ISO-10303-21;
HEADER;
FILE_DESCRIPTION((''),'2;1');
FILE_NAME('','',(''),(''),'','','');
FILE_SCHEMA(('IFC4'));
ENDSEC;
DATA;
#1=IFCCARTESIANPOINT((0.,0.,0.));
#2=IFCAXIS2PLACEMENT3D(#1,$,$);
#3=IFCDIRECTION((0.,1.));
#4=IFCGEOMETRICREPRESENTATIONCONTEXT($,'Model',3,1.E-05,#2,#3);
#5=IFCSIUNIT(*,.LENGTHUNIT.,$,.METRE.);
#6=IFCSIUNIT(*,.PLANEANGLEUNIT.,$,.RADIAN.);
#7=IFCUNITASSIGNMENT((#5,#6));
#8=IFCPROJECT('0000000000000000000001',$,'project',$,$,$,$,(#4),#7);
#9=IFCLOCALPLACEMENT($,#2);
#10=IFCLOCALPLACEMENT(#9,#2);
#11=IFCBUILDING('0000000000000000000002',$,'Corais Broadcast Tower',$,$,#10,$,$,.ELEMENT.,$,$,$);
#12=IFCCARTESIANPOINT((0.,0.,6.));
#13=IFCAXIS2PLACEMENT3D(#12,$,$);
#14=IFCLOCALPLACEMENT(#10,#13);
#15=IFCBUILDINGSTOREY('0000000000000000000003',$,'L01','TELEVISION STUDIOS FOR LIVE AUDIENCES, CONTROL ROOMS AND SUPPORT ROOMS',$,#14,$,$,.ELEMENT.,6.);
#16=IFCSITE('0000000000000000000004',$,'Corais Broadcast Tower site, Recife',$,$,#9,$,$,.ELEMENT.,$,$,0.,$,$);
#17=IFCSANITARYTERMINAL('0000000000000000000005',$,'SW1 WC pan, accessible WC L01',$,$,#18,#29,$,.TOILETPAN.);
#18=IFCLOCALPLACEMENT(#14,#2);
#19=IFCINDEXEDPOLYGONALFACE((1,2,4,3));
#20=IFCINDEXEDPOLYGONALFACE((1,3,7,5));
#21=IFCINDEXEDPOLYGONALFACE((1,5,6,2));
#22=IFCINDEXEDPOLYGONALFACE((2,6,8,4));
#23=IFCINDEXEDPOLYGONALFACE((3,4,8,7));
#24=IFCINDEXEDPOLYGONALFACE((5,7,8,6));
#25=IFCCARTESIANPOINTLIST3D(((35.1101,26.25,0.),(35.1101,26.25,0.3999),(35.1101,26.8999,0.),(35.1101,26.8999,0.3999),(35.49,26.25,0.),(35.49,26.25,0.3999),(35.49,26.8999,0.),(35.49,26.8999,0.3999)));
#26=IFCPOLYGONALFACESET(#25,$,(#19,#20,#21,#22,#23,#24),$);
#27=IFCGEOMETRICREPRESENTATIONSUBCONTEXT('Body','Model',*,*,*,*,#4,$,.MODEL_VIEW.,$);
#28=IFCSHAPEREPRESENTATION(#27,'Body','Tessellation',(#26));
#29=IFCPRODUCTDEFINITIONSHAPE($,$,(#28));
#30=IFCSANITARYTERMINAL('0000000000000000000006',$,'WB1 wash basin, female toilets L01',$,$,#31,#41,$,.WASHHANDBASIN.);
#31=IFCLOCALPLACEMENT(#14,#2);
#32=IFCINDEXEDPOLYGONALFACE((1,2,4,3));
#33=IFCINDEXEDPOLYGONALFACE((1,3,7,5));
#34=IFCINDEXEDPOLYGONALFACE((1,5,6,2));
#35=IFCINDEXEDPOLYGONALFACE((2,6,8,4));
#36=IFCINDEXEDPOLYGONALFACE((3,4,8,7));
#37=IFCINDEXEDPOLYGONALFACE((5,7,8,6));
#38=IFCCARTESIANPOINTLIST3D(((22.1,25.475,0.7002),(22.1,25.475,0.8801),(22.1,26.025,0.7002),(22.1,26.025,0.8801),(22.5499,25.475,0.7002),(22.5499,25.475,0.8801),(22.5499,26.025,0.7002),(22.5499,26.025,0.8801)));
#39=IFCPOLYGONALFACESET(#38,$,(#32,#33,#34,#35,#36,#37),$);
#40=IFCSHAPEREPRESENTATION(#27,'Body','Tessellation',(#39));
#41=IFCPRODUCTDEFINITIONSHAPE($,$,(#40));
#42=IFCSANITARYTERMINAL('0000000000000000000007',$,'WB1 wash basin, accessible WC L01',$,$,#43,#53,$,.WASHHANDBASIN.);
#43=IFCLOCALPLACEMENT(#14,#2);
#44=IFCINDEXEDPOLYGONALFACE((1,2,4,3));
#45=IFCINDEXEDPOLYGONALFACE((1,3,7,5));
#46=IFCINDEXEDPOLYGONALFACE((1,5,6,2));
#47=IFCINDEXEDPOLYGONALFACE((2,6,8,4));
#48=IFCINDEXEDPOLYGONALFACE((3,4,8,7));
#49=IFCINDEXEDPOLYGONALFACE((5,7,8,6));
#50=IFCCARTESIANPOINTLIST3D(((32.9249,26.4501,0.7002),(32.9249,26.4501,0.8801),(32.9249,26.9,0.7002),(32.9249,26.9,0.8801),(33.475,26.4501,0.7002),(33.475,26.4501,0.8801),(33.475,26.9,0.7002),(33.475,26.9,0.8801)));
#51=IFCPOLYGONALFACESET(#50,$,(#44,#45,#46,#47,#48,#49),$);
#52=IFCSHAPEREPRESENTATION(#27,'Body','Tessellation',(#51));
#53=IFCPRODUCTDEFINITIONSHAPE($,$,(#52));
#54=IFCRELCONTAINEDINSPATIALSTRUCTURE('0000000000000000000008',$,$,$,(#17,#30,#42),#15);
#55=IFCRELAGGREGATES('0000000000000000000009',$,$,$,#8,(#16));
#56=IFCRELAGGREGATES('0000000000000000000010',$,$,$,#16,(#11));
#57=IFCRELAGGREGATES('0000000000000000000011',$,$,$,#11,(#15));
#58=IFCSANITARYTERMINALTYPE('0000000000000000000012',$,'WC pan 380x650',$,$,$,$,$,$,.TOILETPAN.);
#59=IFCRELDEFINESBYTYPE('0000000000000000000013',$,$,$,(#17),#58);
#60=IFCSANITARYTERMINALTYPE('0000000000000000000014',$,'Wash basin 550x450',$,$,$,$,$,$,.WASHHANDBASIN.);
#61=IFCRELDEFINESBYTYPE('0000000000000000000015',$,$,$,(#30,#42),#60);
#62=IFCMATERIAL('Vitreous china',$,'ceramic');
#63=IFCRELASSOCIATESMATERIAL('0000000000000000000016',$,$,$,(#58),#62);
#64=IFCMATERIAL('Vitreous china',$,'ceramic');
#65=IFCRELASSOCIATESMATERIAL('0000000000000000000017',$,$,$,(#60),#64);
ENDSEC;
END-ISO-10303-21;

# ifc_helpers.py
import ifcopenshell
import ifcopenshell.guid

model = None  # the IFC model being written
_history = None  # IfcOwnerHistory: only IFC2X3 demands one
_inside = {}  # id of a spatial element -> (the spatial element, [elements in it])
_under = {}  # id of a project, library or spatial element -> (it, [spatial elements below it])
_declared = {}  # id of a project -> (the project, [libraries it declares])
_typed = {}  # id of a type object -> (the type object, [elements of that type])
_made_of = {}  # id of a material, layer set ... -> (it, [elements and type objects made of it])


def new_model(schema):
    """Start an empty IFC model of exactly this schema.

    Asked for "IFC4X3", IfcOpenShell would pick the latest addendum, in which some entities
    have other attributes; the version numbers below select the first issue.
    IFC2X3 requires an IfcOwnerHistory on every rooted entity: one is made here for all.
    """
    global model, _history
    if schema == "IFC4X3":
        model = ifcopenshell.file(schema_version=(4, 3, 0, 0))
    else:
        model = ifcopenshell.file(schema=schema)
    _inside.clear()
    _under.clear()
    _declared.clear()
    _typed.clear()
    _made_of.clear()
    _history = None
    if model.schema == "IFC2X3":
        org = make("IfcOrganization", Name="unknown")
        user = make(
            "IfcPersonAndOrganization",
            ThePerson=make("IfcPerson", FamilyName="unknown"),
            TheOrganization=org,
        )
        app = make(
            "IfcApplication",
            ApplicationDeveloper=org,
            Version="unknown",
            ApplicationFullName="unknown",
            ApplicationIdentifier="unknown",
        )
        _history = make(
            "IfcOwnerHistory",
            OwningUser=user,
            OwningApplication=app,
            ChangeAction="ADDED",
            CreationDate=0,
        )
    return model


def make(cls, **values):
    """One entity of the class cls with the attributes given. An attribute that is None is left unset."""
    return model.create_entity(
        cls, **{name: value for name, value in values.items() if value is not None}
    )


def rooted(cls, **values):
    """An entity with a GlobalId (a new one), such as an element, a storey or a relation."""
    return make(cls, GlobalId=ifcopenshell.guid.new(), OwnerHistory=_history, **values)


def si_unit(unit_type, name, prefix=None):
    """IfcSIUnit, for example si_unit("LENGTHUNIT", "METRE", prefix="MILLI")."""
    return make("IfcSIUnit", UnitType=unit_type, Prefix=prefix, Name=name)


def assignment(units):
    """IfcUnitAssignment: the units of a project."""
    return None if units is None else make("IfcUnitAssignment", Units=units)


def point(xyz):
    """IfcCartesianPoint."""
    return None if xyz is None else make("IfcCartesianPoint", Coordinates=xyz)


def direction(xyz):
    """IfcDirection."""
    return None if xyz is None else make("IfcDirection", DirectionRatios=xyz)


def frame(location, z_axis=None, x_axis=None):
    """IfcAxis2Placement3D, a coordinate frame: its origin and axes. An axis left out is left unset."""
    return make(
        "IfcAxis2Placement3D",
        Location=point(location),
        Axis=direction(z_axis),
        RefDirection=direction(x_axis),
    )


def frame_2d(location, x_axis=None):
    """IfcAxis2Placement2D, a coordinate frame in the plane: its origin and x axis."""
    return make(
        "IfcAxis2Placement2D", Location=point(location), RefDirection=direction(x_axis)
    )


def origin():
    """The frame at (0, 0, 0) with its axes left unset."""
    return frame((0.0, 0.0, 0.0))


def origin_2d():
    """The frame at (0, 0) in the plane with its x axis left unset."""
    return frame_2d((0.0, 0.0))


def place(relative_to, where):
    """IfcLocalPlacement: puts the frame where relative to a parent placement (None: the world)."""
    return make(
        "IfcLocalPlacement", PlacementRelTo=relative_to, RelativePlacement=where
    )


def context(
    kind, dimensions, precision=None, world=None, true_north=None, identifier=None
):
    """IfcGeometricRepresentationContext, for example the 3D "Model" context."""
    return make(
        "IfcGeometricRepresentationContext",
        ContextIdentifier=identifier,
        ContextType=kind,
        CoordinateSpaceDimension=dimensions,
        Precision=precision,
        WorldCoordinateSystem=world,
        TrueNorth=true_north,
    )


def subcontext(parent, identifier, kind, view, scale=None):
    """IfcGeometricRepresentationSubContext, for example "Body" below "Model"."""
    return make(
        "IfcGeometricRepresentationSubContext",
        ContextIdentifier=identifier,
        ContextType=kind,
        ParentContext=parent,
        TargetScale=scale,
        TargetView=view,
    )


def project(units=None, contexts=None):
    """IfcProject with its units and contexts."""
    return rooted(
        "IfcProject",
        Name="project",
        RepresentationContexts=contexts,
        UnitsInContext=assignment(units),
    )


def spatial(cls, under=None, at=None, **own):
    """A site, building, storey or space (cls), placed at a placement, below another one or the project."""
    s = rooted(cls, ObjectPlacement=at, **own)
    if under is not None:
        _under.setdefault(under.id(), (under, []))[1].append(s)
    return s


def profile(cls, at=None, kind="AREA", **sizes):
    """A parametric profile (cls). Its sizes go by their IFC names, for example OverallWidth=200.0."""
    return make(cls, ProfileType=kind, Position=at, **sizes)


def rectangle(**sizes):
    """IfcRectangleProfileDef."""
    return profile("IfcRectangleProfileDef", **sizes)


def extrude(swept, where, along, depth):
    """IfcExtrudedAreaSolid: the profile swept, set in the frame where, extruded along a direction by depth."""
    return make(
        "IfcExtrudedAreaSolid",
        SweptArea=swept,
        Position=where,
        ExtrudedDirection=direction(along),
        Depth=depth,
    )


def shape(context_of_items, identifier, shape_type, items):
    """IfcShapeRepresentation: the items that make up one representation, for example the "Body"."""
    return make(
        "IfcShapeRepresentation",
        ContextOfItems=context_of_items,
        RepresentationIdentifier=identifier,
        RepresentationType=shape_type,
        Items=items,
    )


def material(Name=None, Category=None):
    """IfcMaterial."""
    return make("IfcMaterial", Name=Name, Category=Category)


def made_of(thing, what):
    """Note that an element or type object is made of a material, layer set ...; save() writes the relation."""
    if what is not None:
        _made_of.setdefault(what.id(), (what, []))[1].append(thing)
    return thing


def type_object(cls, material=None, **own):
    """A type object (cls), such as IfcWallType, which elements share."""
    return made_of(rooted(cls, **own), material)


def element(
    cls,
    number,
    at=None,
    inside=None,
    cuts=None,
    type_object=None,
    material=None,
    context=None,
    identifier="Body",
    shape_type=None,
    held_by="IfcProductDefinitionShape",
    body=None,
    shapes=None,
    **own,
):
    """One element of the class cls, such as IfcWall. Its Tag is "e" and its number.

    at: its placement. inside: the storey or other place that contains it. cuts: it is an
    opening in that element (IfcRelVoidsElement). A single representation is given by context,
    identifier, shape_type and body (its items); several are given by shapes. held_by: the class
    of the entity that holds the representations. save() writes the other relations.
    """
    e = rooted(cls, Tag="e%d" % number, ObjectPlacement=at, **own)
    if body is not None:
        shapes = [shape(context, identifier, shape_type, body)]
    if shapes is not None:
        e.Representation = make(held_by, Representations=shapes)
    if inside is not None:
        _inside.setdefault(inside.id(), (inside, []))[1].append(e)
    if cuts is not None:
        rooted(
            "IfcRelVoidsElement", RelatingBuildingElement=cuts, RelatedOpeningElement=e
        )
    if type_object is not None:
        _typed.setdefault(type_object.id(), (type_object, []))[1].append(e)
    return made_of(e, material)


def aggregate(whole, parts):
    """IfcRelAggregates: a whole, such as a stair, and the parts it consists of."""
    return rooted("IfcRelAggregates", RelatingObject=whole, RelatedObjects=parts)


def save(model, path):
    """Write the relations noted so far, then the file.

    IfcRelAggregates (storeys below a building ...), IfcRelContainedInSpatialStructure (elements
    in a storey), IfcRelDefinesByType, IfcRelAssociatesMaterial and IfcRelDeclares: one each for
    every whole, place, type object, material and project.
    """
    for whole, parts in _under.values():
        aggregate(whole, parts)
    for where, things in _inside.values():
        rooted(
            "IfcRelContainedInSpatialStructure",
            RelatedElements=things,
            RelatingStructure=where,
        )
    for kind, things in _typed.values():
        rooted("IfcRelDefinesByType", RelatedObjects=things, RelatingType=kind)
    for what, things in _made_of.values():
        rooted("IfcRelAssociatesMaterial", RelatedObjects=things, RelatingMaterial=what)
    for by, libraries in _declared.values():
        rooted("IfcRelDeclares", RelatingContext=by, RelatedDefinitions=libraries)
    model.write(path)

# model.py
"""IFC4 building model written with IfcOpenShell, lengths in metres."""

from ifc_helpers import new_model, si_unit, direction, frame, origin, origin_2d, place, context, subcontext, project, spatial, rectangle, extrude, material, type_object, element, save


model = new_model("IFC4")

# Units and contexts
model_context = context("Model", 3, precision=1e-05, world=origin(), true_north=direction((0.0, 1.0)))
body_context = subcontext(model_context, "Body", "Model", "MODEL_VIEW")
ifc_project = project(units=[si_unit("LENGTHUNIT", "METRE"), si_unit("PLANEANGLEUNIT", "RADIAN")], contexts=[model_context])

# Site, building, storey
site_placement = place(None, origin())
site = spatial("IfcSite", under=ifc_project, at=site_placement, Name="Corais Broadcast Tower site, Recife", CompositionType="ELEMENT", RefElevation=0.0)
building_placement = place(site_placement, origin())
building = spatial("IfcBuilding", under=site, at=building_placement, Name="Corais Broadcast Tower", CompositionType="ELEMENT")
storey_placement = place(building_placement, frame((0.0, 0.0, 6.0)))
storey = spatial("IfcBuildingStorey", under=building, at=storey_placement, Name="L01", Description="TELEVISION STUDIOS FOR LIVE AUDIENCES, CONTROL ROOMS AND SUPPORT ROOMS", CompositionType="ELEMENT", Elevation=6.0)

# Sanitary terminals
ifc_material_1 = material(Name="Vitreous china", Category="ceramic")
sanitary_terminal_type_1 = type_object("IfcSanitaryTerminalType", Name="WC pan 380x650", PredefinedType="TOILETPAN", material=ifc_material_1)
sanitary_terminal_1_placement = place(storey_placement, frame((35.3, 26.575, 0.0), z_axis=(0.0, 0.0, 1.0), x_axis=(1.0, 0.0, 0.0)))
element("IfcSanitaryTerminal", 1, at=sanitary_terminal_1_placement, inside=storey, type_object=sanitary_terminal_type_1, Name="SW1 WC pan, accessible WC L01", PredefinedType="TOILETPAN", context=body_context, shape_type="SweptSolid", body=[
    extrude(rectangle(XDim=0.3799, YDim=0.6499, at=origin_2d()), origin(), (0.0, 0.0, 1.0), 0.3999),
])
ifc_material_2 = material(Name="Vitreous china", Category="ceramic")
sanitary_terminal_type_2 = type_object("IfcSanitaryTerminalType", Name="Wash basin 550x450", PredefinedType="WASHHANDBASIN", material=ifc_material_2)
sanitary_terminal_2_placement = place(storey_placement, frame((22.325, 25.75, 0.7002), z_axis=(0.0, 0.0, 1.0), x_axis=(1.0, 0.0, 0.0)))
element("IfcSanitaryTerminal", 2, at=sanitary_terminal_2_placement, inside=storey, type_object=sanitary_terminal_type_2, Name="WB1 wash basin, female toilets L01", PredefinedType="WASHHANDBASIN", context=body_context, shape_type="SweptSolid", body=[
    extrude(rectangle(XDim=0.45, YDim=0.55, at=origin_2d()), origin(), (0.0, 0.0, 1.0), 0.1799),
])
sanitary_terminal_3_placement = place(storey_placement, frame((33.2, 26.675, 0.7002), z_axis=(0.0, 0.0, 1.0), x_axis=(1.0, 0.0, 0.0)))
element("IfcSanitaryTerminal", 3, at=sanitary_terminal_3_placement, inside=storey, type_object=sanitary_terminal_type_2, Name="WB1 wash basin, accessible WC L01", PredefinedType="WASHHANDBASIN", context=body_context, shape_type="SweptSolid", body=[
    extrude(rectangle(XDim=0.55, YDim=0.45, at=origin_2d()), origin(), (0.0, 0.0, 1.0), 0.1799),
])

save(model, "model.ifc")
